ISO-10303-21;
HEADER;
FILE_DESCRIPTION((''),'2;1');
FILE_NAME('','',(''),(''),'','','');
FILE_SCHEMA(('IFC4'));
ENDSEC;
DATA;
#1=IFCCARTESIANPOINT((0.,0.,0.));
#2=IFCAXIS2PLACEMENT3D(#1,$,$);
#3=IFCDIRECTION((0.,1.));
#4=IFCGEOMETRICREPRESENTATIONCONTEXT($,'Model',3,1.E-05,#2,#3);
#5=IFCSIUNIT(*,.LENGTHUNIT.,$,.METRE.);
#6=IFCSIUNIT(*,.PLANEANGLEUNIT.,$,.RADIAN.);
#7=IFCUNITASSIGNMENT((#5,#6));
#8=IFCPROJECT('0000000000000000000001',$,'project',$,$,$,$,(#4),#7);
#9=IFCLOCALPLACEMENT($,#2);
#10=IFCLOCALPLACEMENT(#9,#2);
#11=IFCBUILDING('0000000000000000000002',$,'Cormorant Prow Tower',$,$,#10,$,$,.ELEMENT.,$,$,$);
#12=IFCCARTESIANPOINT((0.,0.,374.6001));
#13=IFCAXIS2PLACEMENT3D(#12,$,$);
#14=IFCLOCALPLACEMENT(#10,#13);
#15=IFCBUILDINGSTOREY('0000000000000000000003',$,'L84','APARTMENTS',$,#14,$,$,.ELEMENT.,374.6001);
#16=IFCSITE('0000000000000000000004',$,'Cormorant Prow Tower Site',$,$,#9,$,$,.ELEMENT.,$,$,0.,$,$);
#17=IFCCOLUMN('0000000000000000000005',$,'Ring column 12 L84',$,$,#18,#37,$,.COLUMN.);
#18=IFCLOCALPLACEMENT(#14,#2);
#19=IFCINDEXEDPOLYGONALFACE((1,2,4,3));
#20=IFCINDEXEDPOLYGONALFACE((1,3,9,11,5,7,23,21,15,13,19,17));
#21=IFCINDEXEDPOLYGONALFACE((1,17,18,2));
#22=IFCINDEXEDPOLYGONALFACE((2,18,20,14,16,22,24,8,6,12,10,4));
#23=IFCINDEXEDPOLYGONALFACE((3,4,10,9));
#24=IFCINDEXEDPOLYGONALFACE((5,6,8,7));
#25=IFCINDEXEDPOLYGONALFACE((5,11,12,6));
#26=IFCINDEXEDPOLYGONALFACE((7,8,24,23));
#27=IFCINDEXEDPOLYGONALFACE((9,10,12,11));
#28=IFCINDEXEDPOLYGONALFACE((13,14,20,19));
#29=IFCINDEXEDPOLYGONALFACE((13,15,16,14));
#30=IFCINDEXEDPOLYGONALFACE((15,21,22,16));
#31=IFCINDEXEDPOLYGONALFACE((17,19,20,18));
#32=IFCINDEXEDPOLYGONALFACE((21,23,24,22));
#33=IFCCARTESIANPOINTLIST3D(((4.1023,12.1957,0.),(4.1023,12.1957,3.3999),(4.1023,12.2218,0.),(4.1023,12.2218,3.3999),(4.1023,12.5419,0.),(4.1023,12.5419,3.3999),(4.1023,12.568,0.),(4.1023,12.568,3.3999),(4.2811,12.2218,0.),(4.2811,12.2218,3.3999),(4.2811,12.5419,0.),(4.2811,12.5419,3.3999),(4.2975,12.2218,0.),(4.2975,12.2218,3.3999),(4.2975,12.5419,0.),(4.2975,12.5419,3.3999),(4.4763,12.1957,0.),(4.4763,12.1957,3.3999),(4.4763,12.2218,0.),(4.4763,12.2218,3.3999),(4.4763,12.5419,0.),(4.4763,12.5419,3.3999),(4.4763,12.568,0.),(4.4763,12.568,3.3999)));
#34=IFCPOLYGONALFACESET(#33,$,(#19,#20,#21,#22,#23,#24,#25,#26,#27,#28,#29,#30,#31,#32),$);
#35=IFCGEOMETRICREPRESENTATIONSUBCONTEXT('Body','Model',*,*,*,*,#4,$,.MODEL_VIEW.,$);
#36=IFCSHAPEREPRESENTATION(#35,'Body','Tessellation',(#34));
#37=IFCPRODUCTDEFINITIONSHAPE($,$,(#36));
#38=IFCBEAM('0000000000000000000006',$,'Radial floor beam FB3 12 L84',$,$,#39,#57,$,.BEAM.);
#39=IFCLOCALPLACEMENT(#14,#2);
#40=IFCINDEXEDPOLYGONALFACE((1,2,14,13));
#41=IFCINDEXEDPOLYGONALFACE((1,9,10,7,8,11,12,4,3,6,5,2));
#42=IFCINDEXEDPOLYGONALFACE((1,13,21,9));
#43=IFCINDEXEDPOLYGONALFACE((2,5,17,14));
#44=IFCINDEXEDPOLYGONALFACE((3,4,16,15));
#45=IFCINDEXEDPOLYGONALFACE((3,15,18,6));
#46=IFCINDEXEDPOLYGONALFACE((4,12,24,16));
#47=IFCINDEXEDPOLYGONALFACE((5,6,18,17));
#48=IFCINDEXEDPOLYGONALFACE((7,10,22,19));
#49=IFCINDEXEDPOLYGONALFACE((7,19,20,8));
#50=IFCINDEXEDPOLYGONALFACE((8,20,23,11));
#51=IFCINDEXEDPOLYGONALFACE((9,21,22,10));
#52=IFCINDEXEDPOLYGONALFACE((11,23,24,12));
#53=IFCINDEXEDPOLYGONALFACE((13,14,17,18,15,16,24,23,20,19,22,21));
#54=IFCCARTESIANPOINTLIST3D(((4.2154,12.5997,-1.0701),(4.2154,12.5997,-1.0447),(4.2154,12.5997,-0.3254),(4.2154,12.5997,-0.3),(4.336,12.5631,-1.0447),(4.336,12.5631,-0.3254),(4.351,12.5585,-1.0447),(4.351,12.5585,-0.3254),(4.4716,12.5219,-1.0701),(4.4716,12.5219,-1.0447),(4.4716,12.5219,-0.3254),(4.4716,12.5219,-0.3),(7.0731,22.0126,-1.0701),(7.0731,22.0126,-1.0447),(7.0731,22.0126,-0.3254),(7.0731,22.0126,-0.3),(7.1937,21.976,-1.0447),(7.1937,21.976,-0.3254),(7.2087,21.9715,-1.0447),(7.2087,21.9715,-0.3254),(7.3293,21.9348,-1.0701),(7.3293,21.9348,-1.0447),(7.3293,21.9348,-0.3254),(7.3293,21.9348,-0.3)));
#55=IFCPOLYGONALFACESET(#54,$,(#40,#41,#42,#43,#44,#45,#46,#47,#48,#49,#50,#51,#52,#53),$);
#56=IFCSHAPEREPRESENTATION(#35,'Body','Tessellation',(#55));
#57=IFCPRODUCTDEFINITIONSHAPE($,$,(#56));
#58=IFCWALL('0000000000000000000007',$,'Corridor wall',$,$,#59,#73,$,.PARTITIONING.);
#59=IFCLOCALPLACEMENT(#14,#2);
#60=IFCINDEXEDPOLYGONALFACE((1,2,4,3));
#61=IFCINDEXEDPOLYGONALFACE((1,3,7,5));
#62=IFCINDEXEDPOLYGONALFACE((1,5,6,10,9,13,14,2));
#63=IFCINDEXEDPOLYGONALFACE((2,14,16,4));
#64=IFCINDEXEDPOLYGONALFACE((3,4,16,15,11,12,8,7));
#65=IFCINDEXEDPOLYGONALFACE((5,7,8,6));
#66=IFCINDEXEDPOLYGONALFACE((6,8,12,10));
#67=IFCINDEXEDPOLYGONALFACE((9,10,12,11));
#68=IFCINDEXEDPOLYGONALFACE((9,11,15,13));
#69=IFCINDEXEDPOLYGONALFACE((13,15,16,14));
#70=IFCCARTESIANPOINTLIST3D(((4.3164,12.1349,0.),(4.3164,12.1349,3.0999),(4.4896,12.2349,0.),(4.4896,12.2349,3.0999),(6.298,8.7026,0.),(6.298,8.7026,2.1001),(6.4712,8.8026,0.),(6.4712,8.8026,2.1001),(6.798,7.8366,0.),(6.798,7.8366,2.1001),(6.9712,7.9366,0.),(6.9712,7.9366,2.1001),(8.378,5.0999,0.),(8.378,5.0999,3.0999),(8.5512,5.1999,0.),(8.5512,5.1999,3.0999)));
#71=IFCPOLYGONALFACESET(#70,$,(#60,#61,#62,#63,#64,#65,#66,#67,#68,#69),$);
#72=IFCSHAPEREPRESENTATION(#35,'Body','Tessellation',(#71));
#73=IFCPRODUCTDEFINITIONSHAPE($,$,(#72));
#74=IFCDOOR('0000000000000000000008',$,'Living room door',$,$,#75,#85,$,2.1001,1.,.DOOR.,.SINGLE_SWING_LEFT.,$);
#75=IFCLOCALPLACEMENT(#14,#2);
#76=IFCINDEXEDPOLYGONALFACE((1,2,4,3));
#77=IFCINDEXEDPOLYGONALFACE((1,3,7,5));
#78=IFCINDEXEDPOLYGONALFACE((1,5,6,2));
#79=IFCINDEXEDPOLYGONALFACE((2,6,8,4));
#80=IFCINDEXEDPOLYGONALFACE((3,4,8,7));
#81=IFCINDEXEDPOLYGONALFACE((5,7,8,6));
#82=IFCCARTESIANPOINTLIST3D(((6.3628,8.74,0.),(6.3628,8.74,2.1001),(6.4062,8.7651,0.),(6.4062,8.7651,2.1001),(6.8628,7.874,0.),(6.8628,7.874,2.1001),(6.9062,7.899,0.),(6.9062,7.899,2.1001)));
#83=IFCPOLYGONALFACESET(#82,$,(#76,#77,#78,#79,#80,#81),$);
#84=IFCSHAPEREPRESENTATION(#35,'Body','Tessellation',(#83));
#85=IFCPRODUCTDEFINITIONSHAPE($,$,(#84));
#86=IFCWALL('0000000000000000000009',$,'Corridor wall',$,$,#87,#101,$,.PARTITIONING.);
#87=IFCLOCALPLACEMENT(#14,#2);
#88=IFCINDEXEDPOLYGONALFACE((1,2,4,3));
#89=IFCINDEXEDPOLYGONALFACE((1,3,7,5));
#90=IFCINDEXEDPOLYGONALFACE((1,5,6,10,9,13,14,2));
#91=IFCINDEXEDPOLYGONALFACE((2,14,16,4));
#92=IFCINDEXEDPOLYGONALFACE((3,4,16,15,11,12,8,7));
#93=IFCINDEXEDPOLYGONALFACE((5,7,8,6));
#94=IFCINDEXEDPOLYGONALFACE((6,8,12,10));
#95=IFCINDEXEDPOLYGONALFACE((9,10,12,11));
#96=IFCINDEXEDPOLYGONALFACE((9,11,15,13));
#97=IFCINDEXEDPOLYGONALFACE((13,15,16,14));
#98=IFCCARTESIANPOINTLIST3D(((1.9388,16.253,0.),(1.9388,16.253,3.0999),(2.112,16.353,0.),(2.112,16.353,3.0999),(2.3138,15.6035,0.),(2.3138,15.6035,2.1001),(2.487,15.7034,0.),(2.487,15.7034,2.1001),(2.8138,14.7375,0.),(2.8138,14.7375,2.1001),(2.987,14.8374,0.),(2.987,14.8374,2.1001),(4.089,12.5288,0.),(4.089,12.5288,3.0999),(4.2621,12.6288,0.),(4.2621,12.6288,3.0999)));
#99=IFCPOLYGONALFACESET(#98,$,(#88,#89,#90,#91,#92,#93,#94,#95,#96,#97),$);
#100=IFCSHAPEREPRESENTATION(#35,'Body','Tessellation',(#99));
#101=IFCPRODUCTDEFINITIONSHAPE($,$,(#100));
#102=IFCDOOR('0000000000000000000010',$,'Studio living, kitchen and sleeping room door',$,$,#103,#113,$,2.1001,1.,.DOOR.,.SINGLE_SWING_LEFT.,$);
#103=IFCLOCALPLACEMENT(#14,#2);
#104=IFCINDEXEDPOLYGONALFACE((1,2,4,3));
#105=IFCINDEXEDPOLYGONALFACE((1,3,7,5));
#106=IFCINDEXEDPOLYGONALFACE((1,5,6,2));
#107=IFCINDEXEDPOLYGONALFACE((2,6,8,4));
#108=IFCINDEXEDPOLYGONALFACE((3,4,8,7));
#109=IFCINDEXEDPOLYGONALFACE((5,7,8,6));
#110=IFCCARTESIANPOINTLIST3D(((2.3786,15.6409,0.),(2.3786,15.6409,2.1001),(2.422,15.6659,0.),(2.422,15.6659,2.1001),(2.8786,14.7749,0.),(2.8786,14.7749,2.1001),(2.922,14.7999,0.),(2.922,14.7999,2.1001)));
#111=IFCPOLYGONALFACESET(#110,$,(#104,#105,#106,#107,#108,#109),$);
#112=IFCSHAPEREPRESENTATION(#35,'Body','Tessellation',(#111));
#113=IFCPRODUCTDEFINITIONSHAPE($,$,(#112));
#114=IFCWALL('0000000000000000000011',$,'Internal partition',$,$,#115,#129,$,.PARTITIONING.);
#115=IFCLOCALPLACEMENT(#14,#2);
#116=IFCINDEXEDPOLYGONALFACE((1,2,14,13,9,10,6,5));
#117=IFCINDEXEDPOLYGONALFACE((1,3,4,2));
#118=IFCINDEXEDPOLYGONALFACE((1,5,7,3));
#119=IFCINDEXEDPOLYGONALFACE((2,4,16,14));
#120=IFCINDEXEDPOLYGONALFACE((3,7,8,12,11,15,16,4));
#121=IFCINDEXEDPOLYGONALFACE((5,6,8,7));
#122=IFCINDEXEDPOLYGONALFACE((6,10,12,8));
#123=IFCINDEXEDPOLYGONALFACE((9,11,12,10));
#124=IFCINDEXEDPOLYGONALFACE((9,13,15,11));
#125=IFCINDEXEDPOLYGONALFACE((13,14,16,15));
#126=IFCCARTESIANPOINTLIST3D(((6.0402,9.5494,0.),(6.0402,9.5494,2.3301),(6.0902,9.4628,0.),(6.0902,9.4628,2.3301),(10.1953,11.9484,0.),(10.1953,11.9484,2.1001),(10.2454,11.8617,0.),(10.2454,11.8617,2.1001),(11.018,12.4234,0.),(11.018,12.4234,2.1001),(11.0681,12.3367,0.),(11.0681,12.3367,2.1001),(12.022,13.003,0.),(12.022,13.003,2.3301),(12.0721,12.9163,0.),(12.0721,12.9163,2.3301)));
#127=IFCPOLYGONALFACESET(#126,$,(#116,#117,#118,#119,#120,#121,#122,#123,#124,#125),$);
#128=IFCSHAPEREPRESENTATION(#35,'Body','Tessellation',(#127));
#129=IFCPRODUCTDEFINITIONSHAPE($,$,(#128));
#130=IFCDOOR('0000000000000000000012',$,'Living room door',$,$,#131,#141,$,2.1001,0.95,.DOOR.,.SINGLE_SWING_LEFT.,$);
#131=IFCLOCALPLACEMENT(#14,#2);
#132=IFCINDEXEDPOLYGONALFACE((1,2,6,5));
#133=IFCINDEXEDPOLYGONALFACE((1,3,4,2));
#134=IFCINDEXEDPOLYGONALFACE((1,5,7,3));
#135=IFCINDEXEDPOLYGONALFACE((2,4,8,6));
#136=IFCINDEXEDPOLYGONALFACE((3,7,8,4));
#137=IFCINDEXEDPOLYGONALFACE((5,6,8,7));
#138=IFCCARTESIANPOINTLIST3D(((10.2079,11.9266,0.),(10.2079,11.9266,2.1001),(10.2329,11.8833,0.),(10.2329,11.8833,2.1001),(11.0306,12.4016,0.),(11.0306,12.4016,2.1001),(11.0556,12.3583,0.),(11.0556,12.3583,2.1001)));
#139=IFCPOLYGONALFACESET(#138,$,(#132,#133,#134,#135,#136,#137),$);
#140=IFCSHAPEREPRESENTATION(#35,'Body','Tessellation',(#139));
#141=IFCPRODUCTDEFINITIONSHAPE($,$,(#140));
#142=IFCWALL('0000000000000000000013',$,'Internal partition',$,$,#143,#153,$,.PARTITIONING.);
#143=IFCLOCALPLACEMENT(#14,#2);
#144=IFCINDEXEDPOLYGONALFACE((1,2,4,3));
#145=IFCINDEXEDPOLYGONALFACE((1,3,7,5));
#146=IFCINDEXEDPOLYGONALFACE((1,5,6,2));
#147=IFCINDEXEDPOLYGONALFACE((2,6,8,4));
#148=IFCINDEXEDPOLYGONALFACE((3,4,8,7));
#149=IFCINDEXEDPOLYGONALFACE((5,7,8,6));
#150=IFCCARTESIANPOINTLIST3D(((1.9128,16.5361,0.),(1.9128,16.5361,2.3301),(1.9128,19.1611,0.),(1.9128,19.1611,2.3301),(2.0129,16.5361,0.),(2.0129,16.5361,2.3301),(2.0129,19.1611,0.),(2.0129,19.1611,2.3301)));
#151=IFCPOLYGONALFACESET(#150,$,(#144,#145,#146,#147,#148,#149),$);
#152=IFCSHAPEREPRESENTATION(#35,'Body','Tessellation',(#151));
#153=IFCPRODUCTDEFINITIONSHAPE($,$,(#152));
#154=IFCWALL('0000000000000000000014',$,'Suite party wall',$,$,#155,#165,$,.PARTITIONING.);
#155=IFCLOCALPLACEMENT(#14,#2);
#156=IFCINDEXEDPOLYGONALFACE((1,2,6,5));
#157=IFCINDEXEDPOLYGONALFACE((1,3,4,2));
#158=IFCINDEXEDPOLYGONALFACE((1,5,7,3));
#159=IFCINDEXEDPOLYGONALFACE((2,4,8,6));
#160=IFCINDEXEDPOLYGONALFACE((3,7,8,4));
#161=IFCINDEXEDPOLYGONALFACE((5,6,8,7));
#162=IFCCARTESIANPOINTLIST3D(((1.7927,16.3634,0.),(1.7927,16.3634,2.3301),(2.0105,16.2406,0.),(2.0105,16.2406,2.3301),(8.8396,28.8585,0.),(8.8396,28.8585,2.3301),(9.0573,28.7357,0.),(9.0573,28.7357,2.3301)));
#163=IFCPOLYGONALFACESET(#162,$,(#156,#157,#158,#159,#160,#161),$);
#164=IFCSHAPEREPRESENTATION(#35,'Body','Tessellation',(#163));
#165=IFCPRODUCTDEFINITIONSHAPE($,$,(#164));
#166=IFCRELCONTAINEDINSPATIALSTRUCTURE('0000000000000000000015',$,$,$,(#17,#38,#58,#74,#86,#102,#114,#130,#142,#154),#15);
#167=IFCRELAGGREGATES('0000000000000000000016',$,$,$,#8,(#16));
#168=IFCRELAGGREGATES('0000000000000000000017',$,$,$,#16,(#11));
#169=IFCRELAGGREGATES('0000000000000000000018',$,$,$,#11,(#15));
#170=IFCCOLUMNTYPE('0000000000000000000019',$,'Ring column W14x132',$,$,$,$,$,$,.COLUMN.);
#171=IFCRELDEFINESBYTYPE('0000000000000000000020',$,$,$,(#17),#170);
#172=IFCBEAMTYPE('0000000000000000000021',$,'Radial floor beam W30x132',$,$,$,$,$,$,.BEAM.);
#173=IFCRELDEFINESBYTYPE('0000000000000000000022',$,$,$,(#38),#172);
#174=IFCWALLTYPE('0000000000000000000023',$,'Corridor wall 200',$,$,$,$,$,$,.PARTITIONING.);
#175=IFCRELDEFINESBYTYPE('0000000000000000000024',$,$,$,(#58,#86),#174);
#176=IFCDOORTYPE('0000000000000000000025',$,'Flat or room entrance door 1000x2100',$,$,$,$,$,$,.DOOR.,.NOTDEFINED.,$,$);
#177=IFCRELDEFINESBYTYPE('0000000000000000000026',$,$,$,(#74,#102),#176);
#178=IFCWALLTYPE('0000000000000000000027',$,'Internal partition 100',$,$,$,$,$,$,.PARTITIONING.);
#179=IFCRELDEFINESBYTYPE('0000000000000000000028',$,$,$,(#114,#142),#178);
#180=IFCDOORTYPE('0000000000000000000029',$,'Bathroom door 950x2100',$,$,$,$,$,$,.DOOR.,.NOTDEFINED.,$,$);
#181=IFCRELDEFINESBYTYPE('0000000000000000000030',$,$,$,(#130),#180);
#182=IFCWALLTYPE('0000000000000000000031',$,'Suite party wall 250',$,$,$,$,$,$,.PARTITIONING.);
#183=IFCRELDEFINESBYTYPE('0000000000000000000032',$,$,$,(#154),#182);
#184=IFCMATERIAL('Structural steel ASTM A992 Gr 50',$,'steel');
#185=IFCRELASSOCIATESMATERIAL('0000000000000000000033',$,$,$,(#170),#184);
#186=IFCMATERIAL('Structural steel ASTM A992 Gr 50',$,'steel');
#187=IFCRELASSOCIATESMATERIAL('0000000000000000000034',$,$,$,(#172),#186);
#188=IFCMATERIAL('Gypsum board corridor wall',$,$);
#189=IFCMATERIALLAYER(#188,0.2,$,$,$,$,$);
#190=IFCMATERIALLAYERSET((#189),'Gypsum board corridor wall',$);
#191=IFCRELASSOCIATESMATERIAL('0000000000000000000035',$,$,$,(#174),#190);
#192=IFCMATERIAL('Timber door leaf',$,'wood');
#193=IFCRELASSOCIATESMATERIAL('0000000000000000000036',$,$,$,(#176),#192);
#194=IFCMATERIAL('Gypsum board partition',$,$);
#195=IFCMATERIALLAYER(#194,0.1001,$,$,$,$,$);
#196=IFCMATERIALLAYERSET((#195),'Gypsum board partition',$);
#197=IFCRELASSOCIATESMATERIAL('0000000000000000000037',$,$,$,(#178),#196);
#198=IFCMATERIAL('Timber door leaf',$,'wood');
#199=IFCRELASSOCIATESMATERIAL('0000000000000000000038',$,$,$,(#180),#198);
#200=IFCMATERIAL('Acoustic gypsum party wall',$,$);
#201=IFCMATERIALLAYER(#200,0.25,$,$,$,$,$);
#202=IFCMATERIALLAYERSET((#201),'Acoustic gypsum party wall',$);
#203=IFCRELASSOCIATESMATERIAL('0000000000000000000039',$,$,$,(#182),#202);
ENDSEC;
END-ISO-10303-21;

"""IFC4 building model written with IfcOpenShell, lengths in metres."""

from ifc_helpers import new_model, si_unit, direction, frame, frame_2d, origin, origin_2d, place, context, subcontext, project, spatial, rectangle, i_section, extrude, material, layer, layer_set, material_profile, profile_set, type_object, element, fill, save


model = new_model("IFC4")

# Units and contexts
model_context = context("Model", 3, precision=1e-05, world=origin(), true_north=direction((0.0, 1.0)))
body_context = subcontext(model_context, "Body", "Model", "MODEL_VIEW")
ifc_project = project(units=[si_unit("LENGTHUNIT", "METRE"), si_unit("PLANEANGLEUNIT", "RADIAN")], contexts=[model_context])

# Site, building, storey
site_placement = place(None, origin())
site = spatial("IfcSite", under=ifc_project, at=site_placement, Name="Cormorant Prow Tower Site", CompositionType="ELEMENT", RefElevation=0.0)
building_placement = place(site_placement, origin())
building = spatial("IfcBuilding", under=site, at=building_placement, Name="Cormorant Prow Tower", CompositionType="ELEMENT")
storey_placement = place(building_placement, frame((0.0, 0.0, 374.6001)))
storey = spatial("IfcBuildingStorey", under=building, at=storey_placement, Name="L84", Description="APARTMENTS", CompositionType="ELEMENT", Elevation=374.6001)

# Column
ifc_material_1 = material(Name="Structural steel ASTM A992 Gr 50", Category="steel")
ifc_material_profile_1 = material_profile(ifc_material_1, i_section(OverallWidth=0.374, OverallDepth=0.3723, WebThickness=0.0164, FlangeThickness=0.0261, at=origin_2d()), Name="W14x132")
ifc_profile_set_1 = profile_set([ifc_material_profile_1], Name="Structural steel ASTM A992 Gr 50")
column_type = type_object("IfcColumnType", Name="Ring column W14x132", PredefinedType="COLUMN", material=ifc_profile_set_1)
column_placement = place(storey_placement, frame((4.2893, 12.3818, 0.0), z_axis=(0.0, 0.0, 1.0), x_axis=(1.0, 0.0, 0.0)))
element("IfcColumn", 1, at=column_placement, inside=storey, type_object=column_type, Name="Ring column 12 L84", PredefinedType="COLUMN", context=body_context, shape_type="SweptSolid", body=[
    extrude(i_section(OverallWidth=0.374, OverallDepth=0.3723, WebThickness=0.0164, FlangeThickness=0.0261, at=origin_2d()), origin(), (0.0, 0.0, 1.0), 3.3999),
])

# Beam
ifc_material_2 = material(Name="Structural steel ASTM A992 Gr 50", Category="steel")
ifc_material_profile_2 = material_profile(ifc_material_2, i_section(OverallWidth=0.2678, OverallDepth=0.77, WebThickness=0.0156, FlangeThickness=0.0254, at=origin_2d()), Name="W30x132")
ifc_profile_set_2 = profile_set([ifc_material_profile_2], Name="Structural steel ASTM A992 Gr 50")
beam_type = type_object("IfcBeamType", Name="Radial floor beam W30x132", PredefinedType="BEAM", material=ifc_profile_set_2)
beam_placement = place(storey_placement, frame((4.3435, 12.5608, -0.6851), z_axis=(0.2905, 0.956875, 0.0), x_axis=(-0.956875, 0.2905, 0.0)))
element("IfcBeam", 2, at=beam_placement, inside=storey, type_object=beam_type, Name="Radial floor beam FB3 12 L84", PredefinedType="BEAM", context=body_context, shape_type="SweptSolid", body=[
    extrude(i_section(OverallWidth=0.2678, OverallDepth=0.77, WebThickness=0.0156, FlangeThickness=0.0254, at=origin_2d()), origin(), (0.0, 0.0, 1.0), 9.8372),
])

# Walls, openings, doors
ifc_material_3 = material(Name="Gypsum board corridor wall")
ifc_layer_1 = layer(ifc_material_3, 0.2)
ifc_layer_set_1 = layer_set([ifc_layer_1], Name="Gypsum board corridor wall")
wall_type_1 = type_object("IfcWallType", Name="Corridor wall 200", PredefinedType="PARTITIONING", material=ifc_layer_set_1)
wall_1_placement = place(storey_placement, frame((4.4031, 12.1848, 0.0), z_axis=(0.0, 0.0, 1.0), x_axis=(0.499992, -0.86603, 0.0)))
wall_1 = element("IfcWall", 3, at=wall_1_placement, inside=storey, type_object=wall_type_1, Name="Corridor wall", PredefinedType="PARTITIONING", context=body_context, shape_type="SweptSolid", body=[
    extrude(rectangle(XDim=8.1233, YDim=0.2, at=frame_2d((4.0615, 0.0))), origin(), (0.0, 0.0, 1.0), 3.0999),
])
opening_1_placement = place(wall_1_placement, frame((3.9631, 0.0, 0.0)))
opening_1 = element("IfcOpeningElement", 4, at=opening_1_placement, cuts=wall_1, PredefinedType="OPENING", context=body_context, shape_type="SweptSolid", body=[
    extrude(rectangle(XDim=1.0, YDim=2.1001, at=frame_2d((0.5, 1.05))), frame((0.0, 0.1099, 0.0), z_axis=(0.0, -1.0, 0.0), x_axis=(1.0, 0.0, 0.0)), (0.0, 0.0, 1.0), 0.22),
])
ifc_material_4 = material(Name="Timber door leaf", Category="wood")
door_type_1 = type_object("IfcDoorType", Name="Flat or room entrance door 1000x2100", OperationType="NOTDEFINED", PredefinedType="DOOR", material=ifc_material_4)
door_1_placement = place(opening_1_placement, origin())
door_1 = element("IfcDoor", 5, at=door_1_placement, inside=storey, type_object=door_type_1, Name="Living room door", OperationType="SINGLE_SWING_LEFT", OverallHeight=2.1001, OverallWidth=1.0, PredefinedType="DOOR", context=body_context, shape_type="SweptSolid", body=[
    extrude(rectangle(XDim=1.0, YDim=2.1001, at=frame_2d((0.5, 1.05))), frame((0.0, 0.0249, 0.0), z_axis=(0.0, -1.0, 0.0), x_axis=(1.0, 0.0, 0.0)), (0.0, 0.0, 1.0), 0.05),
])
fill(opening_1, door_1)
wall_2_placement = place(storey_placement, frame((2.0254, 16.303, 0.0), z_axis=(0.0, 0.0, 1.0), x_axis=(0.500004, -0.866023, 0.0)))
wall_2 = element("IfcWall", 6, at=wall_2_placement, inside=storey, type_object=wall_type_1, Name="Corridor wall", PredefinedType="PARTITIONING", context=body_context, shape_type="SweptSolid", body=[
    extrude(rectangle(XDim=4.3003, YDim=0.2, at=frame_2d((2.1501, 0.0))), origin(), (0.0, 0.0, 1.0), 3.0999),
])
opening_2_placement = place(wall_2_placement, frame((0.75, 0.0, 0.0)))
opening_2 = element("IfcOpeningElement", 7, at=opening_2_placement, cuts=wall_2, PredefinedType="OPENING", context=body_context, shape_type="SweptSolid", body=[
    extrude(rectangle(XDim=1.0, YDim=2.1001, at=frame_2d((0.5, 1.05))), frame((0.0, 0.1099, 0.0), z_axis=(0.0, -1.0, 0.0), x_axis=(1.0, 0.0, 0.0)), (0.0, 0.0, 1.0), 0.22),
])
door_2_placement = place(opening_2_placement, origin())
door_2 = element("IfcDoor", 8, at=door_2_placement, inside=storey, type_object=door_type_1, Name="Studio living, kitchen and sleeping room door", OperationType="SINGLE_SWING_LEFT", OverallHeight=2.1001, OverallWidth=1.0, PredefinedType="DOOR", context=body_context, shape_type="SweptSolid", body=[
    extrude(rectangle(XDim=1.0, YDim=2.1001, at=frame_2d((0.5, 1.05))), frame((0.0, 0.0249, 0.0), z_axis=(0.0, -1.0, 0.0), x_axis=(1.0, 0.0, 0.0)), (0.0, 0.0, 1.0), 0.05),
])
fill(opening_2, door_2)
ifc_material_5 = material(Name="Gypsum board partition")
ifc_layer_2 = layer(ifc_material_5, 0.1001)
ifc_layer_set_2 = layer_set([ifc_layer_2], Name="Gypsum board partition")
wall_type_2 = type_object("IfcWallType", Name="Internal partition 100", PredefinedType="PARTITIONING", material=ifc_layer_set_2)
wall_3_placement = place(storey_placement, frame((6.0652, 9.5061, 0.0), z_axis=(0.0, 0.0, 1.0), x_axis=(0.866029, 0.499994, 0.0)))
wall_3 = element("IfcWall", 9, at=wall_3_placement, inside=storey, type_object=wall_type_2, Name="Internal partition", PredefinedType="PARTITIONING", context=body_context, shape_type="SweptSolid", body=[
    extrude(rectangle(XDim=6.9072, YDim=0.1001, at=frame_2d((3.4536, 0.0))), origin(), (0.0, 0.0, 1.0), 2.3301),
])
opening_3_placement = place(wall_3_placement, frame((4.7979, 0.0, 0.0)))
opening_3 = element("IfcOpeningElement", 10, at=opening_3_placement, cuts=wall_3, PredefinedType="OPENING", context=body_context, shape_type="SweptSolid", body=[
    extrude(rectangle(XDim=0.95, YDim=2.1001, at=frame_2d((0.4751, 1.05))), frame((0.0, 0.0601, 0.0), z_axis=(0.0, -1.0, 0.0), x_axis=(1.0, 0.0, 0.0)), (0.0, 0.0, 1.0), 0.1201),
])
ifc_material_6 = material(Name="Timber door leaf", Category="wood")
door_type_2 = type_object("IfcDoorType", Name="Bathroom door 950x2100", OperationType="NOTDEFINED", PredefinedType="DOOR", material=ifc_material_6)
door_3_placement = place(opening_3_placement, origin())
door_3 = element("IfcDoor", 11, at=door_3_placement, inside=storey, type_object=door_type_2, Name="Living room door", OperationType="SINGLE_SWING_LEFT", OverallHeight=2.1001, OverallWidth=0.95, PredefinedType="DOOR", context=body_context, shape_type="SweptSolid", body=[
    extrude(rectangle(XDim=0.95, YDim=2.1001, at=frame_2d((0.4751, 1.05))), frame((0.0, 0.0249, 0.0), z_axis=(0.0, -1.0, 0.0), x_axis=(1.0, 0.0, 0.0)), (0.0, 0.0, 1.0), 0.05),
])
fill(opening_3, door_3)

# Walls
wall_4_placement = place(storey_placement, frame((1.9629, 16.5361, 0.0), z_axis=(0.0, 0.0, 1.0), x_axis=(0.0, 1.0, 0.0)))
element("IfcWall", 12, at=wall_4_placement, inside=storey, type_object=wall_type_2, Name="Internal partition", PredefinedType="PARTITIONING", context=body_context, shape_type="SweptSolid", body=[
    extrude(rectangle(XDim=2.625, YDim=0.1001, at=frame_2d((1.3125, 0.0))), origin(), (0.0, 0.0, 1.0), 2.3301),
])
ifc_material_7 = material(Name="Acoustic gypsum party wall")
ifc_layer_3 = layer(ifc_material_7, 0.25)
ifc_layer_set_3 = layer_set([ifc_layer_3], Name="Acoustic gypsum party wall")
wall_type_3 = type_object("IfcWallType", Name="Suite party wall 250", PredefinedType="PARTITIONING", material=ifc_layer_set_3)
wall_5_placement = place(storey_placement, frame((1.9016, 16.302, 0.0), z_axis=(0.0, 0.0, 1.0), x_axis=(0.491234, 0.871028, 0.0)))
element("IfcWall", 13, at=wall_5_placement, inside=storey, type_object=wall_type_3, Name="Suite party wall", PredefinedType="PARTITIONING", context=body_context, shape_type="SweptSolid", body=[
    extrude(rectangle(XDim=14.3452, YDim=0.25, at=frame_2d((7.1726, 0.0))), origin(), (0.0, 0.0, 1.0), 2.3301),
])

save(model, "model.ifc")
